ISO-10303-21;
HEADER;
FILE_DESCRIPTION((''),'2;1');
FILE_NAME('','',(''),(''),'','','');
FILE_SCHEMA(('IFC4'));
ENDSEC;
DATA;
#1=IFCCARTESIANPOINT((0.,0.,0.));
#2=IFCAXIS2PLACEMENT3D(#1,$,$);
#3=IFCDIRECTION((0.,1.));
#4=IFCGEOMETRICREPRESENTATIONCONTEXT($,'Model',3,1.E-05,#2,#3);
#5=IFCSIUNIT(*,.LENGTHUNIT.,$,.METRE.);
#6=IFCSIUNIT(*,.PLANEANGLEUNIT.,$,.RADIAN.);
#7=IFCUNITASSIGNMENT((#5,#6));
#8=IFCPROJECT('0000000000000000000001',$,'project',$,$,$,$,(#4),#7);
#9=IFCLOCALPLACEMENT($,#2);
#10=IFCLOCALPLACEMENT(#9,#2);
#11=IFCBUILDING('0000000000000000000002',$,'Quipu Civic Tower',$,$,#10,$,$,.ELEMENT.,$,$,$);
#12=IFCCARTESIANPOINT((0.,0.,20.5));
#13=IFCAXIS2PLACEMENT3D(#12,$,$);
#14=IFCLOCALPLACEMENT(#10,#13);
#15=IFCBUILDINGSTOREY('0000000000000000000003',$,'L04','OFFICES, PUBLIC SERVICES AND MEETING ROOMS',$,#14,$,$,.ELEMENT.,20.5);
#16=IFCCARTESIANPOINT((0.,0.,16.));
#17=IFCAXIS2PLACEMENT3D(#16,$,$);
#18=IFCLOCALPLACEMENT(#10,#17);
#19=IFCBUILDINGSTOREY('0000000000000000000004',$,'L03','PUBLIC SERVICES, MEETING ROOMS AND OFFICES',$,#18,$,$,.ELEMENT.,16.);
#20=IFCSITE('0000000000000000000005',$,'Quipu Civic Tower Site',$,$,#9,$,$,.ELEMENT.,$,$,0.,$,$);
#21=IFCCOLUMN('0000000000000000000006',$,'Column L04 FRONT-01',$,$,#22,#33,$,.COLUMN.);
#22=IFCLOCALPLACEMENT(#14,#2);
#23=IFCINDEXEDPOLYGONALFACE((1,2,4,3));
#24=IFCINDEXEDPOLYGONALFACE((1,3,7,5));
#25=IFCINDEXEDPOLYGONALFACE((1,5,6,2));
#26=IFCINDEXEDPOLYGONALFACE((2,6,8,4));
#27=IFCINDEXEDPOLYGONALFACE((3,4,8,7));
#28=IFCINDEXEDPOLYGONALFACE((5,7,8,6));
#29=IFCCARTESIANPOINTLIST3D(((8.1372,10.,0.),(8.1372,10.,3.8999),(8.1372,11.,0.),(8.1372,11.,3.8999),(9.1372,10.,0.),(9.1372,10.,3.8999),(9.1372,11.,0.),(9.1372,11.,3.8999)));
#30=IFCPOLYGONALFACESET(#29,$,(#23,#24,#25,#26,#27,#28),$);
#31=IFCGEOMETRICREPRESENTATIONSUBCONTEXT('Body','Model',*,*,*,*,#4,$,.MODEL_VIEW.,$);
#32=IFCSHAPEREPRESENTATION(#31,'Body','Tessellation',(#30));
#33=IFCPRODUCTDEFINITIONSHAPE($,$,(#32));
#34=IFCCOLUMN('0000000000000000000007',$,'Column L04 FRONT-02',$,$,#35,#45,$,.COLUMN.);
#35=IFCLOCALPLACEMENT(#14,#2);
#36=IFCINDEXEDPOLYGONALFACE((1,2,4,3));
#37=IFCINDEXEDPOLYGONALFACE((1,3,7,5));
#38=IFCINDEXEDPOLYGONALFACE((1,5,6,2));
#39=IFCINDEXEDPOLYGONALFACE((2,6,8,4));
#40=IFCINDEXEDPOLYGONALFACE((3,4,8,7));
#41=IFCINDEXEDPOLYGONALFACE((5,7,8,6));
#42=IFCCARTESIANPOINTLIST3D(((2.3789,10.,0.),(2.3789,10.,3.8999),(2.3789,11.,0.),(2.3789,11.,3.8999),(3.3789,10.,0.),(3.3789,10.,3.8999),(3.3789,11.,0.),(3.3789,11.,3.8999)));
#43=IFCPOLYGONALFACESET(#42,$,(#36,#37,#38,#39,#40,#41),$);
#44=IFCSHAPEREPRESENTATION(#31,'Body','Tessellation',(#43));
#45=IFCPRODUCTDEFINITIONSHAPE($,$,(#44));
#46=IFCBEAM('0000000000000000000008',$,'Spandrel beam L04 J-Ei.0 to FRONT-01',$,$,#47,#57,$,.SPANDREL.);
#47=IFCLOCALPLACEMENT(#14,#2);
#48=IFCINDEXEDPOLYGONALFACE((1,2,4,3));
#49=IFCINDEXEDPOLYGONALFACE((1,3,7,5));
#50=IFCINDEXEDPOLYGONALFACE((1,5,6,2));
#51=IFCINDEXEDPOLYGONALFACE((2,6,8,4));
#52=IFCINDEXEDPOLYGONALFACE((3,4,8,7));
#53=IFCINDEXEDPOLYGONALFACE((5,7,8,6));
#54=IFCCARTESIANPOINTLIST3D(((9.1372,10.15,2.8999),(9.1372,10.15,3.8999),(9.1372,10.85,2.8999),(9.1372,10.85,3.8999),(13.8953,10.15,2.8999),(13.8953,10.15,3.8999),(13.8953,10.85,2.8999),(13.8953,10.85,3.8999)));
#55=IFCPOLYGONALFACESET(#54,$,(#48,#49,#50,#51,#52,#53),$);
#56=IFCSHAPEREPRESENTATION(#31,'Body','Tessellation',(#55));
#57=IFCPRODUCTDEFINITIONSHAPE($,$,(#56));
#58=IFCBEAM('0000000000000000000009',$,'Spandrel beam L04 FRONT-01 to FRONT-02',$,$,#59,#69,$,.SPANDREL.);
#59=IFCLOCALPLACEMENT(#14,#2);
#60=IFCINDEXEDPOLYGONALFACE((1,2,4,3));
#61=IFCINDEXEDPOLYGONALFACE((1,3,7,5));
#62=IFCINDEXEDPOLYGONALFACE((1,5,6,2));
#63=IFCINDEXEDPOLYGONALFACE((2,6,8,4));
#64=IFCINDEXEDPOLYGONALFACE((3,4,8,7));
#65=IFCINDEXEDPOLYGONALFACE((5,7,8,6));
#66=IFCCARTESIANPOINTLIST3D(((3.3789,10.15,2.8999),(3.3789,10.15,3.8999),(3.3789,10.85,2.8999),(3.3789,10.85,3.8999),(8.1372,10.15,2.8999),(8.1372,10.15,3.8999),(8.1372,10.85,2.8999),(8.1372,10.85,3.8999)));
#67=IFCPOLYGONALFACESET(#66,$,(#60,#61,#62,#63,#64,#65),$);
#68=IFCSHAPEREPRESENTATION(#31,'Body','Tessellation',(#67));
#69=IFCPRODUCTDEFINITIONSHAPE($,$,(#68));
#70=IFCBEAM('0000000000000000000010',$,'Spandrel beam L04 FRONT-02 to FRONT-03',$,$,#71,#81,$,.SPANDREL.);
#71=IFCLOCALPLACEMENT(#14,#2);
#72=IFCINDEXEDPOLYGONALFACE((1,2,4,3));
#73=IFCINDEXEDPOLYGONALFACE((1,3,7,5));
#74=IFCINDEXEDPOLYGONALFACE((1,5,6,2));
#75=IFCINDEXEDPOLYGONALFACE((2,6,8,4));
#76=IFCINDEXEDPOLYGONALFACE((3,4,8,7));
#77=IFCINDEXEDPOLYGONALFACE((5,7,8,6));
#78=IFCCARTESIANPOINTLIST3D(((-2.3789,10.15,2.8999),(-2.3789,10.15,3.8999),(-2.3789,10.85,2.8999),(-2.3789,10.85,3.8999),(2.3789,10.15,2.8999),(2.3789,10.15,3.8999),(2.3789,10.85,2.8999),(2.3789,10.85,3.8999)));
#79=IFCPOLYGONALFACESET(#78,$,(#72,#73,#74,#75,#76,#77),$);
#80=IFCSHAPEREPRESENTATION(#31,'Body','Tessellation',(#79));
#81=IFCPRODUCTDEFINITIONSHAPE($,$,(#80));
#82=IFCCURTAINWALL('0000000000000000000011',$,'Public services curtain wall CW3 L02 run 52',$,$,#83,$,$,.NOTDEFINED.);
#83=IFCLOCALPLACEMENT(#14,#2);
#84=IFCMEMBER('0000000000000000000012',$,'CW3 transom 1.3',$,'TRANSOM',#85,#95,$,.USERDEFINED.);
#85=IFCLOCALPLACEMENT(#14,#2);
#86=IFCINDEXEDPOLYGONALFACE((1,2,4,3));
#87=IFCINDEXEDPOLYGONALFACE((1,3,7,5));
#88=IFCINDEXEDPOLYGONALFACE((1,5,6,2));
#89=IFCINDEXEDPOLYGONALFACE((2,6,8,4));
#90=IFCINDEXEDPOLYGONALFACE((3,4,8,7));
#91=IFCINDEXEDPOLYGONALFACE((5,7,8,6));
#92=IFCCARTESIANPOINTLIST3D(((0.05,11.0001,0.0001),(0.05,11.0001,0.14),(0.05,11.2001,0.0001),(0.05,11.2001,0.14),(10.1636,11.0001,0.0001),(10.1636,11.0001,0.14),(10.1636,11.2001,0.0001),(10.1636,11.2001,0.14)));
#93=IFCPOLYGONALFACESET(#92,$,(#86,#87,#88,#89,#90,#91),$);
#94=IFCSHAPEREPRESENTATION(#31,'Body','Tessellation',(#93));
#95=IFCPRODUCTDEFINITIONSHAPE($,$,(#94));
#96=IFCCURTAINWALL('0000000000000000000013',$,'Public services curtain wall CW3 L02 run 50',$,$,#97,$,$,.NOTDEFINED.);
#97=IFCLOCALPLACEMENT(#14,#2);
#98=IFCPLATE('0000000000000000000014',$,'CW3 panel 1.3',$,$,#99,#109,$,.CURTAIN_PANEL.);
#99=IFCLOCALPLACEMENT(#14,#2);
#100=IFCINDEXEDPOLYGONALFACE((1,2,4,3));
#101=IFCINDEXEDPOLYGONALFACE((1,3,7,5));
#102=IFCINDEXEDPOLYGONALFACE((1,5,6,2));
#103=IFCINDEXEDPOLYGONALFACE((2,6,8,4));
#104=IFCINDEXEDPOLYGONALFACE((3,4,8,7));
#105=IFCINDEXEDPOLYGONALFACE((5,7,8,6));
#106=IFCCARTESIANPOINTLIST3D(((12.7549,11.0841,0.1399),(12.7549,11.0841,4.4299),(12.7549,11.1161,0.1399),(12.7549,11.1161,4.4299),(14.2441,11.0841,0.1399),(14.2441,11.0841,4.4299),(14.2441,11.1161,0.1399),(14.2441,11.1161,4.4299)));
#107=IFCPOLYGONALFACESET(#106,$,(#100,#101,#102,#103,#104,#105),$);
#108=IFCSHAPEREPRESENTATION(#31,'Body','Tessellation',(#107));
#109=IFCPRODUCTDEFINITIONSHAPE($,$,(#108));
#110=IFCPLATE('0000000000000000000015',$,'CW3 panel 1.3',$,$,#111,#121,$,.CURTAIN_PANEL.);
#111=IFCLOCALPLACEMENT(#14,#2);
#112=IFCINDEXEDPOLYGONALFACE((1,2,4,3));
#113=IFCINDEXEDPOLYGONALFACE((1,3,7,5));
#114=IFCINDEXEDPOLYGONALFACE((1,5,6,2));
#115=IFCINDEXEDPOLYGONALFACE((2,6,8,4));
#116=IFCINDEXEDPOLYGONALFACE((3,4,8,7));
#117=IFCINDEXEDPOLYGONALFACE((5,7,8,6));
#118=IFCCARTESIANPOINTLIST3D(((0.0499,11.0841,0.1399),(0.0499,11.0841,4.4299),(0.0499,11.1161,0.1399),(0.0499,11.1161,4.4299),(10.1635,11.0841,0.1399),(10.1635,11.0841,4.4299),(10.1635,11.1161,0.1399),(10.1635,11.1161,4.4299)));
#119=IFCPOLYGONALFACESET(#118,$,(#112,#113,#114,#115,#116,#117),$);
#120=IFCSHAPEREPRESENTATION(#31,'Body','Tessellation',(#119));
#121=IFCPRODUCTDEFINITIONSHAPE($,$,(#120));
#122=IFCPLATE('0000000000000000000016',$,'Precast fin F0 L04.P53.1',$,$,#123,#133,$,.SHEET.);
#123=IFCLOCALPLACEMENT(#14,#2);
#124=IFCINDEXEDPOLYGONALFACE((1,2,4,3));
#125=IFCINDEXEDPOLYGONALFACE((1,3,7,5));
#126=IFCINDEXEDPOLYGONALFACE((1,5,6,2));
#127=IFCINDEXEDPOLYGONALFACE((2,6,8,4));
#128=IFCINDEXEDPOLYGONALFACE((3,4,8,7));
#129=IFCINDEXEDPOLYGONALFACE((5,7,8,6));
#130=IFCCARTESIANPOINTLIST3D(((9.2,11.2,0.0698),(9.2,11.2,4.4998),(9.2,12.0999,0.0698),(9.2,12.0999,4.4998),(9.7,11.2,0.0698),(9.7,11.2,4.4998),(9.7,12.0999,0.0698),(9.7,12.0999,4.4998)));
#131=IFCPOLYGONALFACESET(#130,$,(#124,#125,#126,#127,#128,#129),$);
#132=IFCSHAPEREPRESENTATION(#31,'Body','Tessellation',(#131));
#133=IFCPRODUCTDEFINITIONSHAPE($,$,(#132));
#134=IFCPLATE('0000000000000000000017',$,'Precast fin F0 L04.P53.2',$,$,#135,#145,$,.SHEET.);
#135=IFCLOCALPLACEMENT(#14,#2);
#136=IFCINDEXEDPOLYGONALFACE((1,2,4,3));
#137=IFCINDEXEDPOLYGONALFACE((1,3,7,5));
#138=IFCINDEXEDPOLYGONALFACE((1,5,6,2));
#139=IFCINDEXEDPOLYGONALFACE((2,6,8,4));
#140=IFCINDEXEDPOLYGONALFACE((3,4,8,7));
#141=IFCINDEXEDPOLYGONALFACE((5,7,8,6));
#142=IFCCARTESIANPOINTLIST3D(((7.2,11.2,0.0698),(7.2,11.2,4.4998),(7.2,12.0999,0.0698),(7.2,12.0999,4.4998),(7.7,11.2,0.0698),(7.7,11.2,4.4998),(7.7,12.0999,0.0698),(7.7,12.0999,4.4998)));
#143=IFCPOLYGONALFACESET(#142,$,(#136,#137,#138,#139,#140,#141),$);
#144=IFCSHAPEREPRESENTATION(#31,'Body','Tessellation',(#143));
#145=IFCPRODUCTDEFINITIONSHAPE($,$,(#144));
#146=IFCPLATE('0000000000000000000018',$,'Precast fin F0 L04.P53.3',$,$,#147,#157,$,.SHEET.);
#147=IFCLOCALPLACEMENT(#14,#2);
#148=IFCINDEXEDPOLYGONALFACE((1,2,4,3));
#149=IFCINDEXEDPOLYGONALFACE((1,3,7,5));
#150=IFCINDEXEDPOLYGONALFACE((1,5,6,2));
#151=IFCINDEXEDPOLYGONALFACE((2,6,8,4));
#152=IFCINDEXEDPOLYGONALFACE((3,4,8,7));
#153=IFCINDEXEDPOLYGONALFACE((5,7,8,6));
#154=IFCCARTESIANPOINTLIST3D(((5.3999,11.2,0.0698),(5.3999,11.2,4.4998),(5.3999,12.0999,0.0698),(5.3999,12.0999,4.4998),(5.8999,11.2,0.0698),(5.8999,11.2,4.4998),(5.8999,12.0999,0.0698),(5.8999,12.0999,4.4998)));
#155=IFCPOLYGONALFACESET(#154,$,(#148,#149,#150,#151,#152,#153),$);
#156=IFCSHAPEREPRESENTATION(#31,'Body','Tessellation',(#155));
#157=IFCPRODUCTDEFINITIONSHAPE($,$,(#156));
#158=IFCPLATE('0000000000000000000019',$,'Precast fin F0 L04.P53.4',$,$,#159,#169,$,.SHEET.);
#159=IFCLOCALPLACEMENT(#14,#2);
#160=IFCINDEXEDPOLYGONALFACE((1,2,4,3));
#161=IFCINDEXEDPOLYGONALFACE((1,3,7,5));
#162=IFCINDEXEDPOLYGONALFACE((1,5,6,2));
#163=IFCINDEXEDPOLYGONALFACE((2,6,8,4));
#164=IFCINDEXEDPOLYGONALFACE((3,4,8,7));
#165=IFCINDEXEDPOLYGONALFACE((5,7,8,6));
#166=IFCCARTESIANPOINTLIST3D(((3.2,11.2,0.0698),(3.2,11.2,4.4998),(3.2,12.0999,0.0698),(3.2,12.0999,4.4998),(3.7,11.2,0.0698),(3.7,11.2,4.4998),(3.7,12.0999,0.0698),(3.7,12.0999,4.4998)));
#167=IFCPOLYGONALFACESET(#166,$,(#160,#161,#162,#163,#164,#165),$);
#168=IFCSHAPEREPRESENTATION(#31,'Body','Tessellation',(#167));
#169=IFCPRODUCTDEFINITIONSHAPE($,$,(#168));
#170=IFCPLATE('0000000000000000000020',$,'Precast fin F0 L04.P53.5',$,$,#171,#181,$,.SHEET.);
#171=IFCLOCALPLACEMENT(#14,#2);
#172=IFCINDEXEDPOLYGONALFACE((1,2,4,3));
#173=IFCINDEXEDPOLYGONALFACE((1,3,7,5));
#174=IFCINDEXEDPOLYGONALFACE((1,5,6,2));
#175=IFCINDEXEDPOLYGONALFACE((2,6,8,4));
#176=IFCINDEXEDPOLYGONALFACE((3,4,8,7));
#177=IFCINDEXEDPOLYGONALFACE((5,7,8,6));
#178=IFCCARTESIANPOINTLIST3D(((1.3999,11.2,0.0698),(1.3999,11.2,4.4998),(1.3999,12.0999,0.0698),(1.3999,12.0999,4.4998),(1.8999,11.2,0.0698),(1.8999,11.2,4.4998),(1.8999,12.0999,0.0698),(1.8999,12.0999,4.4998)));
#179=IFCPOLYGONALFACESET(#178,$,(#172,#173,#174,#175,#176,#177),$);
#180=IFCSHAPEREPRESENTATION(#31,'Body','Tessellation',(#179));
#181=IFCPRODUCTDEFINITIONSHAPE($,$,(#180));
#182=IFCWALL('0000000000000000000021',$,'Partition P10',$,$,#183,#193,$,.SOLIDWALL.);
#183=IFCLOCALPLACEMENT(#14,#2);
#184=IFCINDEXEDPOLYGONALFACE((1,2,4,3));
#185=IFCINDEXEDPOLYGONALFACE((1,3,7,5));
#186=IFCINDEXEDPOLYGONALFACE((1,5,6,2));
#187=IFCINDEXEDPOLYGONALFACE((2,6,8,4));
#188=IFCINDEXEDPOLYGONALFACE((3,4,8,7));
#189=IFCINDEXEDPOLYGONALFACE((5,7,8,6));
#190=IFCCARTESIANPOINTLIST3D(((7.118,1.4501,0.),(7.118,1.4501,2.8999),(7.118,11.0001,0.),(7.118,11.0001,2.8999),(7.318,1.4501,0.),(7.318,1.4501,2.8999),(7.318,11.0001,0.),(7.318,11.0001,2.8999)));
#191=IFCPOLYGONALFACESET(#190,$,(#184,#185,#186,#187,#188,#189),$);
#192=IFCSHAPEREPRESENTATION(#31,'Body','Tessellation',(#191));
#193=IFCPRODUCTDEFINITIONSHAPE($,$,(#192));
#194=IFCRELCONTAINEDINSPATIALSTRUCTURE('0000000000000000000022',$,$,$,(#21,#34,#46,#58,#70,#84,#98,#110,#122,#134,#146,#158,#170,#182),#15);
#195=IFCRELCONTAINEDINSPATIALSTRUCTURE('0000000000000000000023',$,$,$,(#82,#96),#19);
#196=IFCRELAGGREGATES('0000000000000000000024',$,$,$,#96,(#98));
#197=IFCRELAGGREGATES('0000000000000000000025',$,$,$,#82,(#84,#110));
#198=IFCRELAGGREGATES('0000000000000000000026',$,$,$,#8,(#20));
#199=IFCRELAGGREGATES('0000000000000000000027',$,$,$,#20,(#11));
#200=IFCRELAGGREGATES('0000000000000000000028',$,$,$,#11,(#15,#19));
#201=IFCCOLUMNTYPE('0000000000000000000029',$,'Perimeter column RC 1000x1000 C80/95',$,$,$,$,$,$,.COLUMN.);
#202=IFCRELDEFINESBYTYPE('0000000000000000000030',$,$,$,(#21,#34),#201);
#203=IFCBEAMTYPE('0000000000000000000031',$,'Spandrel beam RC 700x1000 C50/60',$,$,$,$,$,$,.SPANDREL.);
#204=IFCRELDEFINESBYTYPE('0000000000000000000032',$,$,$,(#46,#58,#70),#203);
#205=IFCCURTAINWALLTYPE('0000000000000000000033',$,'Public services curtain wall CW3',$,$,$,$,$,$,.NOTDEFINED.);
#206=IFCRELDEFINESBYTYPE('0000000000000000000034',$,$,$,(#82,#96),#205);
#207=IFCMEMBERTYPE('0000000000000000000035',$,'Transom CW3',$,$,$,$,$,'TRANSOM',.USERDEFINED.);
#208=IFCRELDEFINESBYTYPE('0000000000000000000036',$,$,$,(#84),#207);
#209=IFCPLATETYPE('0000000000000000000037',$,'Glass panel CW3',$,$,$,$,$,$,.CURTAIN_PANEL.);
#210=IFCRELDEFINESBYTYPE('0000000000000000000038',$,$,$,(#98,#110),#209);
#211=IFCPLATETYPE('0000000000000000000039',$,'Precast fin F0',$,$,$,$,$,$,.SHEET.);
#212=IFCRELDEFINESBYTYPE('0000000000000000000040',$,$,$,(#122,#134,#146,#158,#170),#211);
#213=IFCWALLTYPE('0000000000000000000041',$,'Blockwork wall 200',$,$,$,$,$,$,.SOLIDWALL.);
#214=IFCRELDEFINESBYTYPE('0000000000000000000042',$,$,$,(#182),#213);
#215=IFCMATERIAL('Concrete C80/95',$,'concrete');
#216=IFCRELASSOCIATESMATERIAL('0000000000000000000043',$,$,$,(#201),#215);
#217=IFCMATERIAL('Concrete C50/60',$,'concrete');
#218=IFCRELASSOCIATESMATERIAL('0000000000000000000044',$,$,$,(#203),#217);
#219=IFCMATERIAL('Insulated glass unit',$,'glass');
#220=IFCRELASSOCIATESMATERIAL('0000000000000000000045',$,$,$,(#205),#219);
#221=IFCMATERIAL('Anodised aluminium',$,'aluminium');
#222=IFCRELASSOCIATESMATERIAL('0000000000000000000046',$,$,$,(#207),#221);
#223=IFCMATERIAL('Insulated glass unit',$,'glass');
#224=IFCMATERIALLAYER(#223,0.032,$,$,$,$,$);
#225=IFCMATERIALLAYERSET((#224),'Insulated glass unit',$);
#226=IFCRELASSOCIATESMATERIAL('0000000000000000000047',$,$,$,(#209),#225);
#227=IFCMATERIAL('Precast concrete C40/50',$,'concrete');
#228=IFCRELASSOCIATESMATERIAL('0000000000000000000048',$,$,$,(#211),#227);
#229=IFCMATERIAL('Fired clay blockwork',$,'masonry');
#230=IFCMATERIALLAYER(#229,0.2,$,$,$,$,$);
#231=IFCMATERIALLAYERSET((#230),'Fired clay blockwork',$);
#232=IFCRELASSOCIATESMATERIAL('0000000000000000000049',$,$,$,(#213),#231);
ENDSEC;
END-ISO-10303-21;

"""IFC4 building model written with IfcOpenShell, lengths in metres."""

from ifc_helpers import new_model, si_unit, direction, frame, frame_2d, origin, origin_2d, place, context, subcontext, project, spatial, rectangle, extrude, material, layer, layer_set, material_profile, profile_set, type_object, element, aggregate, save


model = new_model("IFC4")

# Units and contexts
model_context = context("Model", 3, precision=1e-05, world=origin(), true_north=direction((0.0, 1.0)))
body_context = subcontext(model_context, "Body", "Model", "MODEL_VIEW")
ifc_project = project(units=[si_unit("LENGTHUNIT", "METRE"), si_unit("PLANEANGLEUNIT", "RADIAN")], contexts=[model_context])

# Site, building, storey
site_placement = place(None, origin())
site = spatial("IfcSite", under=ifc_project, at=site_placement, Name="Quipu Civic Tower Site", CompositionType="ELEMENT", RefElevation=0.0)
building_placement = place(site_placement, origin())
building = spatial("IfcBuilding", under=site, at=building_placement, Name="Quipu Civic Tower", CompositionType="ELEMENT")
storey_1_placement = place(building_placement, frame((0.0, 0.0, 20.5)))
storey_1 = spatial("IfcBuildingStorey", under=building, at=storey_1_placement, Name="L04", Description="OFFICES, PUBLIC SERVICES AND MEETING ROOMS", CompositionType="ELEMENT", Elevation=20.5)

# Columns
ifc_material_1 = material(Name="Concrete C80/95", Category="concrete")
ifc_material_profile_1 = material_profile(ifc_material_1, rectangle(XDim=1.0, YDim=1.0, at=origin_2d()), Name="RC1000x1000")
ifc_profile_set_1 = profile_set([ifc_material_profile_1], Name="Concrete C80/95")
column_type = type_object("IfcColumnType", Name="Perimeter column RC 1000x1000 C80/95", PredefinedType="COLUMN", material=ifc_profile_set_1)
for number, where, z_axis, x_axis, name in (
    (1, (8.6372, 10.5, 0.0), (0.0, 0.0, 1.0), (-1.0, 0.0, 0.0), "Column L04 FRONT-01"),
    (2, (2.8789, 10.5, 0.0), (0.0, 0.0, 1.0), (-1.0, 0.0, 0.0), "Column L04 FRONT-02"),
):
    element("IfcColumn", number, at=place(storey_1_placement, frame(where, z_axis=z_axis, x_axis=x_axis)), inside=storey_1, type_object=column_type, Name=name, PredefinedType="COLUMN", context=body_context, shape_type="SweptSolid", body=[
        extrude(rectangle(XDim=1.0, YDim=1.0, at=origin_2d()), origin(), (0.0, 0.0, 1.0), 3.8999),
    ])

# Beams
ifc_material_2 = material(Name="Concrete C50/60", Category="concrete")
ifc_material_profile_2 = material_profile(ifc_material_2, rectangle(XDim=0.7, YDim=1.0, at=origin_2d()), Name="RC700x1000")
ifc_profile_set_2 = profile_set([ifc_material_profile_2], Name="Concrete C50/60")
beam_type = type_object("IfcBeamType", Name="Spandrel beam RC 700x1000 C50/60", PredefinedType="SPANDREL", material=ifc_profile_set_2)
beam_1_placement = place(storey_1_placement, frame((13.8953, 10.5, 3.3999), z_axis=(-1.0, 0.0, 0.0), x_axis=(0.0, -1.0, 0.0)))
element("IfcBeam", 3, at=beam_1_placement, inside=storey_1, type_object=beam_type, Name="Spandrel beam L04 J-Ei.0 to FRONT-01", PredefinedType="SPANDREL", context=body_context, shape_type="SweptSolid", body=[
    extrude(rectangle(XDim=0.7, YDim=1.0, at=origin_2d()), origin(), (0.0, 0.0, 1.0), 4.7581),
])
beam_2_placement = place(storey_1_placement, frame((8.1372, 10.5, 3.3999), z_axis=(-1.0, 0.0, 0.0), x_axis=(0.0, -1.0, 0.0)))
element("IfcBeam", 4, at=beam_2_placement, inside=storey_1, type_object=beam_type, Name="Spandrel beam L04 FRONT-01 to FRONT-02", PredefinedType="SPANDREL", context=body_context, shape_type="SweptSolid", body=[
    extrude(rectangle(XDim=0.7, YDim=1.0, at=origin_2d()), origin(), (0.0, 0.0, 1.0), 4.7583),
])
beam_3_placement = place(storey_1_placement, frame((2.3789, 10.5, 3.3999), z_axis=(-1.0, 0.0, 0.0), x_axis=(0.0, -1.0, 0.0)))
element("IfcBeam", 5, at=beam_3_placement, inside=storey_1, type_object=beam_type, Name="Spandrel beam L04 FRONT-02 to FRONT-03", PredefinedType="SPANDREL", context=body_context, shape_type="SweptSolid", body=[
    extrude(rectangle(XDim=0.7, YDim=1.0, at=origin_2d()), origin(), (0.0, 0.0, 1.0), 4.7578),
])

# Shared definitions
storey_2_placement = place(building_placement, frame((0.0, 0.0, 16.0)))
storey_2 = spatial("IfcBuildingStorey", under=building, at=storey_2_placement, Name="L03", Description="PUBLIC SERVICES, MEETING ROOMS AND OFFICES", CompositionType="ELEMENT", Elevation=16.0)

# Curtain wall, member
ifc_material_3 = material(Name="Insulated glass unit", Category="glass")
curtain_wall_type = type_object("IfcCurtainWallType", Name="Public services curtain wall CW3", PredefinedType="NOTDEFINED", material=ifc_material_3)
curtain_wall_1_placement = place(storey_2_placement, origin())
curtain_wall_1 = element("IfcCurtainWall", 6, at=curtain_wall_1_placement, inside=storey_2, type_object=curtain_wall_type, Name="Public services curtain wall CW3 L02 run 52", PredefinedType="NOTDEFINED")
ifc_material_4 = material(Name="Anodised aluminium", Category="aluminium")
ifc_material_profile_3 = material_profile(ifc_material_4, rectangle(XDim=0.2, YDim=0.1399, at=origin_2d()), Name="RECT 200x140")
ifc_profile_set_3 = profile_set([ifc_material_profile_3], Name="Anodised aluminium")
member_type = type_object("IfcMemberType", Name="Transom CW3", ElementType="TRANSOM", PredefinedType="USERDEFINED", material=ifc_profile_set_3)
member_placement = place(storey_1_placement, frame((10.1636, 11.1001, 0.0701), z_axis=(-1.0, 0.0, 0.0), x_axis=(0.0, -1.0, 0.0)))
member = element("IfcMember", 7, at=member_placement, inside=storey_1, type_object=member_type, Name="CW3 transom 1.3", ObjectType="TRANSOM", PredefinedType="USERDEFINED", context=body_context, shape_type="SweptSolid", body=[
    extrude(rectangle(XDim=0.2, YDim=0.1399, at=origin_2d()), origin(), (0.0, 0.0, 1.0), 10.1135),
])

# Curtain wall, plate
curtain_wall_2_placement = place(storey_2_placement, origin())
curtain_wall_2 = element("IfcCurtainWall", 8, at=curtain_wall_2_placement, inside=storey_2, type_object=curtain_wall_type, Name="Public services curtain wall CW3 L02 run 50", PredefinedType="NOTDEFINED")
ifc_material_5 = material(Name="Insulated glass unit", Category="glass")
ifc_layer_1 = layer(ifc_material_5, 0.032)
ifc_layer_set_1 = layer_set([ifc_layer_1], Name="Insulated glass unit")
plate_type_1 = type_object("IfcPlateType", Name="Glass panel CW3", PredefinedType="CURTAIN_PANEL", material=ifc_layer_set_1)
plate_1_placement = place(storey_1_placement, frame((13.4995, 11.1001, 0.1399), z_axis=(0.0, 0.0, 1.0), x_axis=(-1.0, 0.0, 0.0)))
plate_1 = element("IfcPlate", 9, at=plate_1_placement, inside=storey_1, type_object=plate_type_1, Name="CW3 panel 1.3", PredefinedType="CURTAIN_PANEL", context=body_context, shape_type="SweptSolid", body=[
    extrude(rectangle(XDim=1.4893, YDim=0.032, at=origin_2d()), origin(), (0.0, 0.0, 1.0), 4.29),
])
aggregate(curtain_wall_2, [plate_1])

# Plate
plate_2_placement = place(storey_1_placement, frame((5.1067, 11.1001, 0.1399), z_axis=(0.0, 0.0, 1.0), x_axis=(-1.0, 0.0, 0.0)))
plate_2 = element("IfcPlate", 10, at=plate_2_placement, inside=storey_1, type_object=plate_type_1, Name="CW3 panel 1.3", PredefinedType="CURTAIN_PANEL", context=body_context, shape_type="SweptSolid", body=[
    extrude(rectangle(XDim=10.1135, YDim=0.032, at=origin_2d()), origin(), (0.0, 0.0, 1.0), 4.29),
])
aggregate(curtain_wall_1, [member, plate_2])

# Plates
ifc_material_6 = material(Name="Precast concrete C40/50", Category="concrete")
plate_type_2 = type_object("IfcPlateType", Name="Precast fin F0", PredefinedType="SHEET", material=ifc_material_6)
for number, where, z_axis, x_axis, name in (
    (11, (9.45, 11.6499, 0.0698), (0.0, 0.0, 1.0), (-1.0, 0.0, 0.0), "Precast fin F0 L04.P53.1"),
    (12, (7.45, 11.6499, 0.0698), (0.0, 0.0, 1.0), (-1.0, 0.0, 0.0), "Precast fin F0 L04.P53.2"),
    (13, (5.6499, 11.6499, 0.0698), (0.0, 0.0, 1.0), (-1.0, 0.0, 0.0), "Precast fin F0 L04.P53.3"),
    (14, (3.45, 11.6499, 0.0698), (0.0, 0.0, 1.0), (-1.0, 0.0, 0.0), "Precast fin F0 L04.P53.4"),
    (15, (1.6499, 11.6499, 0.0698), (0.0, 0.0, 1.0), (-1.0, 0.0, 0.0), "Precast fin F0 L04.P53.5"),
):
    element("IfcPlate", number, at=place(storey_1_placement, frame(where, z_axis=z_axis, x_axis=x_axis)), inside=storey_1, type_object=plate_type_2, Name=name, PredefinedType="SHEET", context=body_context, shape_type="SweptSolid", body=[
        extrude(rectangle(XDim=0.5, YDim=0.8999, at=origin_2d()), origin(), (0.0, 0.0, 1.0), 4.4299),
    ])

# Wall
ifc_material_7 = material(Name="Fired clay blockwork", Category="masonry")
ifc_layer_2 = layer(ifc_material_7, 0.2)
ifc_layer_set_2 = layer_set([ifc_layer_2], Name="Fired clay blockwork")
wall_type_1 = type_object("IfcWallType", Name="Blockwork wall 200", PredefinedType="SOLIDWALL", material=ifc_layer_set_2)
wall_1_placement = place(storey_1_placement, frame((7.218, 11.0, 0.0), z_axis=(0.0, 0.0, 1.0), x_axis=(0.0, -1.0, 0.0)))
element("IfcWall", 16, at=wall_1_placement, inside=storey_1, type_object=wall_type_1, Name="Partition P10", PredefinedType="SOLIDWALL", context=body_context, shape_type="SweptSolid", body=[
    extrude(rectangle(XDim=9.55, YDim=0.2, at=frame_2d((4.7749, 0.0))), origin(), (0.0, 0.0, 1.0), 2.8999),
])

save(model, "model.ifc")
